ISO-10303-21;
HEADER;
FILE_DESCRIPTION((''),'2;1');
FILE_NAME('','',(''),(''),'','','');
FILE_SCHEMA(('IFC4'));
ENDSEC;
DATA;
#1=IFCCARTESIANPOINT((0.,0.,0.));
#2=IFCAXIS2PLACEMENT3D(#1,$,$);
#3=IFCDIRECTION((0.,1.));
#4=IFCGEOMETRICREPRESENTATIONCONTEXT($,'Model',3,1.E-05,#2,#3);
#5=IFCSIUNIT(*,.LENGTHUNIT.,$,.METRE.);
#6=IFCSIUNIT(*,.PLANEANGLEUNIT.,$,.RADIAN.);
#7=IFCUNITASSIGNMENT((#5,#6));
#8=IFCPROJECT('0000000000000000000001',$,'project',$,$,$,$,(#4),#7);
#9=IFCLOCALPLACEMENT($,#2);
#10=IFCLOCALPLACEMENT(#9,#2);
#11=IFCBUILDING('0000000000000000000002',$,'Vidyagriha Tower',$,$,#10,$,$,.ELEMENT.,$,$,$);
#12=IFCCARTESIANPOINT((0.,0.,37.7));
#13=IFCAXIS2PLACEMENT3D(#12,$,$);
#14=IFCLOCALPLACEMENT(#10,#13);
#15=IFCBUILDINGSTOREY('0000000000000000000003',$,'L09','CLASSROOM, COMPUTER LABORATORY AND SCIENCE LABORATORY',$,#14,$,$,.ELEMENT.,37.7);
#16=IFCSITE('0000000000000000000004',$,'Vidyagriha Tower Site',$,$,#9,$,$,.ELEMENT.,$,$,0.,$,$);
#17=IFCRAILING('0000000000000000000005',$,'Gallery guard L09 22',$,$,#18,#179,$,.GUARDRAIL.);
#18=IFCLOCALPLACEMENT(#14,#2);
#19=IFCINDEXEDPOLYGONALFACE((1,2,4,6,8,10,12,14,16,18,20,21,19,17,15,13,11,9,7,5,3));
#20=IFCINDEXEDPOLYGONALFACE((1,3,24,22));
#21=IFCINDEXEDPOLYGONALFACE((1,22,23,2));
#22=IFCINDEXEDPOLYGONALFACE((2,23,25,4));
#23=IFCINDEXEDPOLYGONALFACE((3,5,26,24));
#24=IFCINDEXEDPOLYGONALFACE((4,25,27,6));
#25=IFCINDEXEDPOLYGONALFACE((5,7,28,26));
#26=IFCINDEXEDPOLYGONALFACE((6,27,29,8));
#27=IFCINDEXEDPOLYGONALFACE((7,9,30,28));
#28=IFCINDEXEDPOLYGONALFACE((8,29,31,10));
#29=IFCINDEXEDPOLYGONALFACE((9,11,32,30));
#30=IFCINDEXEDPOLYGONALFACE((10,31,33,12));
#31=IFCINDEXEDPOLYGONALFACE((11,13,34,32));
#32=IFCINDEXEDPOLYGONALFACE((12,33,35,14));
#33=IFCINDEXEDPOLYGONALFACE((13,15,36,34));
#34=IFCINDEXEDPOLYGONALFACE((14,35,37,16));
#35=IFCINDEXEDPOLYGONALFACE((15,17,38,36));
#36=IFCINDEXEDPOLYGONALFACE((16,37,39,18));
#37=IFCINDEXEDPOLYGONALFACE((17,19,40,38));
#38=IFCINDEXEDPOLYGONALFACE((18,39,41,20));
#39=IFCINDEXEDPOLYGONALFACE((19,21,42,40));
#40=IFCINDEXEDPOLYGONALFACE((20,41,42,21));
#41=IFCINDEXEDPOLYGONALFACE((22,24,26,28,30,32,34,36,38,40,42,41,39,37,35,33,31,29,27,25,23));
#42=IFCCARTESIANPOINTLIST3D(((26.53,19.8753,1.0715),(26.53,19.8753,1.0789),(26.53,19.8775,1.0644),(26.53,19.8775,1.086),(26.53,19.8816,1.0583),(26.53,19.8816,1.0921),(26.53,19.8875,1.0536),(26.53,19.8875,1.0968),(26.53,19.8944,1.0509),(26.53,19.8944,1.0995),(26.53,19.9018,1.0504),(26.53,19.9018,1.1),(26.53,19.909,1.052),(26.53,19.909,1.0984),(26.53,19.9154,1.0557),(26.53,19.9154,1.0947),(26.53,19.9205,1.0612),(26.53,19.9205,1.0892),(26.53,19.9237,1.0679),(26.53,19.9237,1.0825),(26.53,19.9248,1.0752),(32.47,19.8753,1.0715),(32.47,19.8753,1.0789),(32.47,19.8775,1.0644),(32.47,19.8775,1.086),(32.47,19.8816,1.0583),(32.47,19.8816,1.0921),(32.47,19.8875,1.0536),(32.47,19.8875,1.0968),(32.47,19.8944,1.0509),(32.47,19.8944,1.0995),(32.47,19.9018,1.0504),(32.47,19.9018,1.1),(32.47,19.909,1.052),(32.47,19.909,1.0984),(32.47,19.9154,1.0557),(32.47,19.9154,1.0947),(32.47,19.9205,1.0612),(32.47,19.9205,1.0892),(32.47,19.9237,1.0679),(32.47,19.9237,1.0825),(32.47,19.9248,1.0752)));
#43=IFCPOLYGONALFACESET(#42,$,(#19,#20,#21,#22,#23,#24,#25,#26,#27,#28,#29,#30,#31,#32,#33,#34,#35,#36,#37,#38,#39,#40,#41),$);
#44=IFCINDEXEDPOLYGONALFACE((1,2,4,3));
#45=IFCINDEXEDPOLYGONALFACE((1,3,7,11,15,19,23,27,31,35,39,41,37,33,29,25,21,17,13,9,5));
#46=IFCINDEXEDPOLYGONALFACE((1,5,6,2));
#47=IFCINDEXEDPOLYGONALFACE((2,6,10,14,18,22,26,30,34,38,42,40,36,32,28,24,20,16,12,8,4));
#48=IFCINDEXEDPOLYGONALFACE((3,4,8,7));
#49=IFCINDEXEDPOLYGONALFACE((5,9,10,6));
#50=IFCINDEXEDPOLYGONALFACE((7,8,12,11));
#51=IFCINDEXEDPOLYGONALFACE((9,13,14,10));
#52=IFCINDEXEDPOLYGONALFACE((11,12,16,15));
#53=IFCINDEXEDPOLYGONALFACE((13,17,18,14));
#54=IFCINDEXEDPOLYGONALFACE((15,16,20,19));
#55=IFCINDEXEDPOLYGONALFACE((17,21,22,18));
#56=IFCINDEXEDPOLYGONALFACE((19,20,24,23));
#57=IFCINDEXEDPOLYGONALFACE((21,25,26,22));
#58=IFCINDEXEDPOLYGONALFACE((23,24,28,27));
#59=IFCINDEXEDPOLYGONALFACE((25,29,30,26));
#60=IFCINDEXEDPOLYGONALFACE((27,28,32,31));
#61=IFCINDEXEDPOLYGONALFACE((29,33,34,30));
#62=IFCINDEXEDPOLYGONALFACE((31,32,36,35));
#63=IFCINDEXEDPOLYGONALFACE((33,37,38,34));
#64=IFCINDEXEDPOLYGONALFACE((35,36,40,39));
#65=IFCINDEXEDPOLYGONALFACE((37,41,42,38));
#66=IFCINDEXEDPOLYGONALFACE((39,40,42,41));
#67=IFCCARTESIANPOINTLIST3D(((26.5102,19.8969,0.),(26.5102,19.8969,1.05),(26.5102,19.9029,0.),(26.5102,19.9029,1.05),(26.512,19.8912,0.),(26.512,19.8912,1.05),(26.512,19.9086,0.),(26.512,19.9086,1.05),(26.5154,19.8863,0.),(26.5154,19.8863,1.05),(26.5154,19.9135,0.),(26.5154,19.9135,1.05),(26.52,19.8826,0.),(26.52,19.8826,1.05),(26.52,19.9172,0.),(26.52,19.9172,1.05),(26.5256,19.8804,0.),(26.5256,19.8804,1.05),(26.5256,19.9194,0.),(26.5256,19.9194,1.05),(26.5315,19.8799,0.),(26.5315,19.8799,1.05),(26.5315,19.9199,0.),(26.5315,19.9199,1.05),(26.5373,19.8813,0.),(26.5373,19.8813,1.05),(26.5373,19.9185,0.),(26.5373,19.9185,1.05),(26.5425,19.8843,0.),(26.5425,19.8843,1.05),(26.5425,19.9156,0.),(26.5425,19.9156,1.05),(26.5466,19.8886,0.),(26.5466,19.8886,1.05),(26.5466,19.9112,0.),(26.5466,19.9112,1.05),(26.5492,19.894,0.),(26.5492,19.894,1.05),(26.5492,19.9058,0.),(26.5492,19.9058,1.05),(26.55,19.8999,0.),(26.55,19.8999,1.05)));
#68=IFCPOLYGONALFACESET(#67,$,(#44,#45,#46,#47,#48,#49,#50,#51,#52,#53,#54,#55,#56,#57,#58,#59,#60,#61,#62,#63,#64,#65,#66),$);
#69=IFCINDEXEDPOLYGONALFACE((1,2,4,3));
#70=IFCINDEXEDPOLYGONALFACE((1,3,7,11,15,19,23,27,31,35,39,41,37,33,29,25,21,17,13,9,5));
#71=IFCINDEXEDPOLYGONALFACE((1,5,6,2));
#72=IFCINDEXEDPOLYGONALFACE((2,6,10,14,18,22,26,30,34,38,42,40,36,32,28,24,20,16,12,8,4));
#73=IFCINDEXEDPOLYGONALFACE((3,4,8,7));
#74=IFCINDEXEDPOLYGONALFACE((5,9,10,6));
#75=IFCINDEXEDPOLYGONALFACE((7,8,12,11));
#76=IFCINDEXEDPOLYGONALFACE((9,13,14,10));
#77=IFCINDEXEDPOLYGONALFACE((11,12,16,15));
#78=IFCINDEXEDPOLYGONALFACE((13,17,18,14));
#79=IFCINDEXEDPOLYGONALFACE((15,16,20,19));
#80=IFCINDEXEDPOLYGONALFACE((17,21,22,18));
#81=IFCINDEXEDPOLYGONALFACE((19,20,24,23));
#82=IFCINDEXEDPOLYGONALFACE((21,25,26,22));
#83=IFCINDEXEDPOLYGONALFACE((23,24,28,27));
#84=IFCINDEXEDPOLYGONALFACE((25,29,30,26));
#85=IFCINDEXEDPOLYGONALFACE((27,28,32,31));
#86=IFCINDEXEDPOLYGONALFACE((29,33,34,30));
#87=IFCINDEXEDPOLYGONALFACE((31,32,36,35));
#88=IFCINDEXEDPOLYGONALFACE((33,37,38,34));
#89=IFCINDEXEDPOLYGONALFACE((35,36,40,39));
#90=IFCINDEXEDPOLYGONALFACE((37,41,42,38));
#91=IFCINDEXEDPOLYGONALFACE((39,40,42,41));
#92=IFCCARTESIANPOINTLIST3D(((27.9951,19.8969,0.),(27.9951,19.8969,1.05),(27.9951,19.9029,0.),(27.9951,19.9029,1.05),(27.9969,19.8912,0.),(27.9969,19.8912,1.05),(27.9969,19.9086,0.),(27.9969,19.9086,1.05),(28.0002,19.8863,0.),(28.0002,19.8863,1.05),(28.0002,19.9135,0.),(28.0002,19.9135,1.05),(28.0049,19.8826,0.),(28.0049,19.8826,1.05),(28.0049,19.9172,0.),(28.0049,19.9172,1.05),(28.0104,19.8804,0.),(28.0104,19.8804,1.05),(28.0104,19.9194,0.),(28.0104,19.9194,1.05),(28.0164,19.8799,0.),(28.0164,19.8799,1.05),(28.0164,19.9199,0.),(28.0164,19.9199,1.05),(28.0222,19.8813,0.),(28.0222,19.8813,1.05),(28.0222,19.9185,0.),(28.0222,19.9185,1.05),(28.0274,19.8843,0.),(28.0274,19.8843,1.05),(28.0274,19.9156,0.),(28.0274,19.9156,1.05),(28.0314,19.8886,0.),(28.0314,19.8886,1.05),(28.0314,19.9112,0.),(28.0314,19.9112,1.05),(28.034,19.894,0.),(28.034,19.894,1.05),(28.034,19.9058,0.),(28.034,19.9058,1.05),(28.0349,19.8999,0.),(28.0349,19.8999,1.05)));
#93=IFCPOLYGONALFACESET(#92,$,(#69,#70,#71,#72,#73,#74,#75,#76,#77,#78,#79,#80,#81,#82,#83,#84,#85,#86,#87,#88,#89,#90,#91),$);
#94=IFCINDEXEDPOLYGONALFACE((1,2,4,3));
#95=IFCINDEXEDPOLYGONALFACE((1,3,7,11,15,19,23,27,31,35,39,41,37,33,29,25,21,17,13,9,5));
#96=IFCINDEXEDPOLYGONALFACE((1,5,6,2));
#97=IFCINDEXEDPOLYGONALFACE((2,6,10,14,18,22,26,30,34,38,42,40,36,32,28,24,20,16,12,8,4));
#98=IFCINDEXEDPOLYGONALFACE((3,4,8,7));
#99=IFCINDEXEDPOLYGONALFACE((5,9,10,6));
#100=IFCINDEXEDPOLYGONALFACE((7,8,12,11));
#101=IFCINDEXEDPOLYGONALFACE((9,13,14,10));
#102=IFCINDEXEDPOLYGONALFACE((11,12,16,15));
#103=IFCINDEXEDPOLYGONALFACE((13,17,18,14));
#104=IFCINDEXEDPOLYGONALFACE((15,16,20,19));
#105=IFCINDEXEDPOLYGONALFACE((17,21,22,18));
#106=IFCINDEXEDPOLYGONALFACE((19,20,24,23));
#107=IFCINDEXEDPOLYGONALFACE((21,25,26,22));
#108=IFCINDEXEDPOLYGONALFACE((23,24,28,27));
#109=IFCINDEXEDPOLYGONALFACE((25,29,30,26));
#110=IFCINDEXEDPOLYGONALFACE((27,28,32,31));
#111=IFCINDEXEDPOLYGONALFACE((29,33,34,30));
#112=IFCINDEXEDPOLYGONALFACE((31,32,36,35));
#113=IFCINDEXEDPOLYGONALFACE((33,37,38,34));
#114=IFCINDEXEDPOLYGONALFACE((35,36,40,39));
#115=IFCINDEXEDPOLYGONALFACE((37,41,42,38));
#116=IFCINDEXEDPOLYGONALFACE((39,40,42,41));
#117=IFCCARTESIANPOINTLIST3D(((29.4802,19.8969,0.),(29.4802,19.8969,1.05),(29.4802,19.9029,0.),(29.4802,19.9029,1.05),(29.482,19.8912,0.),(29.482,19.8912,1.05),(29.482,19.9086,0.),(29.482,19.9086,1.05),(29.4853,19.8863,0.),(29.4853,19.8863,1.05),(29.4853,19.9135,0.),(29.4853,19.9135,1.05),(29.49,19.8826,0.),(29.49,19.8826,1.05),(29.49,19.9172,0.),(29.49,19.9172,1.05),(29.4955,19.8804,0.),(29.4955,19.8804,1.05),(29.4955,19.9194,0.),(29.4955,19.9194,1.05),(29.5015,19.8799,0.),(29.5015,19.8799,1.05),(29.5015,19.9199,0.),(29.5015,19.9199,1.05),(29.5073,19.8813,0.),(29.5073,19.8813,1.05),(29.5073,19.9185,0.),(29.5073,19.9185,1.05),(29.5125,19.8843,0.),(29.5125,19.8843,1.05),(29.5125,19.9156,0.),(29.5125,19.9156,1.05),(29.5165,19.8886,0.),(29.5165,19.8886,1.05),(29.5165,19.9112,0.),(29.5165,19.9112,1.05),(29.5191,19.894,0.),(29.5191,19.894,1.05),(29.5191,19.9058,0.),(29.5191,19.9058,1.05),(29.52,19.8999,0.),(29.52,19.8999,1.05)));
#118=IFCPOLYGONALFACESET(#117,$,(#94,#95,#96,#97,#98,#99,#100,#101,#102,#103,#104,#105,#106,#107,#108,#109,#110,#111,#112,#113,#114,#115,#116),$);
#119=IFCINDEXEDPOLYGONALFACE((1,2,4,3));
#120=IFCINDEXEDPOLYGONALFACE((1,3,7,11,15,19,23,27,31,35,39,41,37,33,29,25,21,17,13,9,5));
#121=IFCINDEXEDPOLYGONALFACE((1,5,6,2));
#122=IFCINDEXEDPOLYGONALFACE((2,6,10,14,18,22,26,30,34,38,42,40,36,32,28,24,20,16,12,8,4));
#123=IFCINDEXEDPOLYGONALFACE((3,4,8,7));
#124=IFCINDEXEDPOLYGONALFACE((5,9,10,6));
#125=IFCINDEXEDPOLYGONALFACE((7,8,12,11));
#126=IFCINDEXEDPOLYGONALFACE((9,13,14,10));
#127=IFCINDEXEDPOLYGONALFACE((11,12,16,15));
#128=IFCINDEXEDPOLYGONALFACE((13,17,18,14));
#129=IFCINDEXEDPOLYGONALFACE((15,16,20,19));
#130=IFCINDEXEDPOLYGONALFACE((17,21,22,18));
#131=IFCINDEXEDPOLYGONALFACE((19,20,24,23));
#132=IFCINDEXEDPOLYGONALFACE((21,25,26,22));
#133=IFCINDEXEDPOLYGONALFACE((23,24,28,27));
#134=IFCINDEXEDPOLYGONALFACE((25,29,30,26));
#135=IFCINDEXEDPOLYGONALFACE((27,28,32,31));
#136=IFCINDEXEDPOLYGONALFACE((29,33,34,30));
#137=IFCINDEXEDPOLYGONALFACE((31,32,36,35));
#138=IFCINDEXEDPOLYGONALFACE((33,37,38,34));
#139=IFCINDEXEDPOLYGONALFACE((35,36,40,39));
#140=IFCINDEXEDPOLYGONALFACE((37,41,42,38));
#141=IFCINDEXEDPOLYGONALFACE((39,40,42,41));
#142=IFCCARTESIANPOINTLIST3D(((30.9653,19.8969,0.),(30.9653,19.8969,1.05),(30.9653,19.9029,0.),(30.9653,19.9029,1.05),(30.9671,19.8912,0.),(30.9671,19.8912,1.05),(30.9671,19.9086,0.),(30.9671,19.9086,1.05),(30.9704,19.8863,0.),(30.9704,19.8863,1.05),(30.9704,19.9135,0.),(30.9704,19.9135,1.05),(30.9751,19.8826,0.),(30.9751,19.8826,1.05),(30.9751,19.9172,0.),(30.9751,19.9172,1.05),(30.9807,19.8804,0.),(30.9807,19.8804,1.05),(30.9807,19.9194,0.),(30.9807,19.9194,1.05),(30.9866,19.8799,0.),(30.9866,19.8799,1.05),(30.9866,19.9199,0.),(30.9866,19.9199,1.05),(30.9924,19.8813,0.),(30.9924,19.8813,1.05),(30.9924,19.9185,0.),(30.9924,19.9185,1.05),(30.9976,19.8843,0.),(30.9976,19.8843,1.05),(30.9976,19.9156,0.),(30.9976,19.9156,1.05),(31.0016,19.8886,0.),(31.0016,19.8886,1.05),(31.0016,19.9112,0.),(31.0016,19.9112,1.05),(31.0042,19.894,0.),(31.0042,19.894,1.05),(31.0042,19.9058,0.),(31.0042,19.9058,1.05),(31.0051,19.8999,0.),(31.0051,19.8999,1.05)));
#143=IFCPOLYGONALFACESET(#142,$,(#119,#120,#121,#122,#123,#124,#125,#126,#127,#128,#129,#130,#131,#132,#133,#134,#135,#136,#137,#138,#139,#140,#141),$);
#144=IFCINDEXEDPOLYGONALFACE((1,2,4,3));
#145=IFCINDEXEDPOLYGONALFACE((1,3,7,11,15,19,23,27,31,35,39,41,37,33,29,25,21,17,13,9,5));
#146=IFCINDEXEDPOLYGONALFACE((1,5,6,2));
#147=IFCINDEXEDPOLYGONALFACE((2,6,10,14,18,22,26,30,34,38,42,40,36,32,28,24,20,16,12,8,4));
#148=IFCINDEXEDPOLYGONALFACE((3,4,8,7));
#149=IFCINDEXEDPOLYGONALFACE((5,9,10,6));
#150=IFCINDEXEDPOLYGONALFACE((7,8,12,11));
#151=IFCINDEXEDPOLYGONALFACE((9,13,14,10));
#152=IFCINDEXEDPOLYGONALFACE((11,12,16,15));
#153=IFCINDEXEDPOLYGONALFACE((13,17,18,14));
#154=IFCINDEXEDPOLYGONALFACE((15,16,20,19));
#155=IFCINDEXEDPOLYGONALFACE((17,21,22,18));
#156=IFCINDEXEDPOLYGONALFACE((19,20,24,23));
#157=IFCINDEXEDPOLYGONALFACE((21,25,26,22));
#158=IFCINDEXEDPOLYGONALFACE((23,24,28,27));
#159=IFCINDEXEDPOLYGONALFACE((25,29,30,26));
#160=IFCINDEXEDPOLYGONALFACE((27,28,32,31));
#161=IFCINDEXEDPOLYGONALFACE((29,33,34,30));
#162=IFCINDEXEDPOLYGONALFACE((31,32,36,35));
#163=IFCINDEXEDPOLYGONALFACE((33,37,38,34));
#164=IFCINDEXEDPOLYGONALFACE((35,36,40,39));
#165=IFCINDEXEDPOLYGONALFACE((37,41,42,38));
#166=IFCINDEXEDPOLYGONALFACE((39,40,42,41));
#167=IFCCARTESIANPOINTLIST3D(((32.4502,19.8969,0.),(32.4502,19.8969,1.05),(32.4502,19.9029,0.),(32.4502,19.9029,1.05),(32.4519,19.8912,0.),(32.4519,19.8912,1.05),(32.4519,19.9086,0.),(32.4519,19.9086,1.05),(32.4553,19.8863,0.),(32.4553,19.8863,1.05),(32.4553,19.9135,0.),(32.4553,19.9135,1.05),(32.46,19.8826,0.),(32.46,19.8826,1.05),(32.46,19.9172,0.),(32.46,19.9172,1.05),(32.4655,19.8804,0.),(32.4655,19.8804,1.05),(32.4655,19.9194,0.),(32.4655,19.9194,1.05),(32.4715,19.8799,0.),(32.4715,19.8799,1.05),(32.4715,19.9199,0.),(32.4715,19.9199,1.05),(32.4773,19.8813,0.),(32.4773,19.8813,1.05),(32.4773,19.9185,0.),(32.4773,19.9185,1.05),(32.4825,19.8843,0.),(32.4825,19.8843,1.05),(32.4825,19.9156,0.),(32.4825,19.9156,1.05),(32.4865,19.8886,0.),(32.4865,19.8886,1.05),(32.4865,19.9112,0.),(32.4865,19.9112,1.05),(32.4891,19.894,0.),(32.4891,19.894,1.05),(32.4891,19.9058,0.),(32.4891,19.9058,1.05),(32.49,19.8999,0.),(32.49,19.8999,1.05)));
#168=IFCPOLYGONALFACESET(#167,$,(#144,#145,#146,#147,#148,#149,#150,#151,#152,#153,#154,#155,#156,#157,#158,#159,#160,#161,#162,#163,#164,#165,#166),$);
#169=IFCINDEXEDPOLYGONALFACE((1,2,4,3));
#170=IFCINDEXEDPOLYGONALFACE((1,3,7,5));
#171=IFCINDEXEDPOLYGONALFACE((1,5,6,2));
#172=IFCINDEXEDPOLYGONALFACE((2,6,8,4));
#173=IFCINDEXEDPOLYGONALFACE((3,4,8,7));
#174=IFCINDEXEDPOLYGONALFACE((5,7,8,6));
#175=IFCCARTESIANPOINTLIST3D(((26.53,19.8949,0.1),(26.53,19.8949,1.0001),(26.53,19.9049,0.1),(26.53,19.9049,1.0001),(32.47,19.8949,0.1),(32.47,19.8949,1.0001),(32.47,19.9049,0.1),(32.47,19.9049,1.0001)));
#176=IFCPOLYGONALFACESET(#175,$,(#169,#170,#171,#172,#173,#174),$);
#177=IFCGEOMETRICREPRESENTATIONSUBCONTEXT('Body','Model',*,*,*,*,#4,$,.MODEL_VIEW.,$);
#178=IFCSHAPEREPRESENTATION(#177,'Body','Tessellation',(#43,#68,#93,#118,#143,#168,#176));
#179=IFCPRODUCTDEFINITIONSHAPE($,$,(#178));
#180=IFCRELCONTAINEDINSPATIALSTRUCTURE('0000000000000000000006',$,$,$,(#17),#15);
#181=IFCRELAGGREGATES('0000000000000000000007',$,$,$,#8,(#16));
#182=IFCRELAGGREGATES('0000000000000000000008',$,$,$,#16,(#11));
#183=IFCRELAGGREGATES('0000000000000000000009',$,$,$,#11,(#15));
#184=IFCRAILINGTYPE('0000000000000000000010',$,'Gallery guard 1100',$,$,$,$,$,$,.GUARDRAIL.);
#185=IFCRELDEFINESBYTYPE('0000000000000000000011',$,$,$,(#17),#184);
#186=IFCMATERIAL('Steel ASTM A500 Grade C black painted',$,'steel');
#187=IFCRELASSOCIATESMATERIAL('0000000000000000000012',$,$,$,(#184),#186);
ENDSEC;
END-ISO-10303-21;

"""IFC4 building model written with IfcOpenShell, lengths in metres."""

from ifc_helpers import new_model, si_unit, direction, frame, origin, origin_2d, place, context, subcontext, project, spatial, rectangle, circle, extrude, material, type_object, element, save


model = new_model("IFC4")

# Units and contexts
model_context = context("Model", 3, precision=1e-05, world=origin(), true_north=direction((0.0, 1.0)))
body_context = subcontext(model_context, "Body", "Model", "MODEL_VIEW")
ifc_project = project(units=[si_unit("LENGTHUNIT", "METRE"), si_unit("PLANEANGLEUNIT", "RADIAN")], contexts=[model_context])

# Site, building, storey
site_placement = place(None, origin())
site = spatial("IfcSite", under=ifc_project, at=site_placement, Name="Vidyagriha Tower Site", CompositionType="ELEMENT", RefElevation=0.0)
building_placement = place(site_placement, origin())
building = spatial("IfcBuilding", under=site, at=building_placement, Name="Vidyagriha Tower", CompositionType="ELEMENT")
storey_placement = place(building_placement, frame((0.0, 0.0, 37.7)))
storey = spatial("IfcBuildingStorey", under=building, at=storey_placement, Name="L09", Description="CLASSROOM, COMPUTER LABORATORY AND SCIENCE LABORATORY", CompositionType="ELEMENT", Elevation=37.7)

# Railing
ifc_material_1 = material(Name="Steel ASTM A500 Grade C black painted", Category="steel")
railing_type = type_object("IfcRailingType", Name="Gallery guard 1100", PredefinedType="GUARDRAIL", material=ifc_material_1)
railing_1_placement = place(storey_placement, frame((26.53, 19.8999, 0.0)))
element("IfcRailing", 1, at=railing_1_placement, inside=storey, type_object=railing_type, Name="Gallery guard L09 22", PredefinedType="GUARDRAIL", context=body_context, shape_type="SweptSolid", body=[
    extrude(circle(Radius=0.0249, at=origin_2d()), frame((0.0, 0.0, 1.0752), z_axis=(1.0, 0.0, 0.0), x_axis=(0.0, 1.0, 0.0)), (0.0, 0.0, 1.0), 5.9399),
    extrude(circle(Radius=0.02, at=origin_2d()), origin(), (0.0, 0.0, 1.0), 1.05),
    extrude(circle(Radius=0.02, at=origin_2d()), frame((1.4849, 0.0, 0.0)), (0.0, 0.0, 1.0), 1.05),
    extrude(circle(Radius=0.02, at=origin_2d()), frame((2.97, 0.0, 0.0)), (0.0, 0.0, 1.0), 1.05),
    extrude(circle(Radius=0.02, at=origin_2d()), frame((4.4551, 0.0, 0.0)), (0.0, 0.0, 1.0), 1.05),
    extrude(circle(Radius=0.02, at=origin_2d()), frame((5.9399, 0.0, 0.0)), (0.0, 0.0, 1.0), 1.05),
    extrude(rectangle(XDim=0.01, YDim=0.9001, at=origin_2d()), frame((0.0, 0.0, 0.55), z_axis=(1.0, 0.0, 0.0), x_axis=(0.0, 1.0, 0.0)), (0.0, 0.0, 1.0), 5.9399),
])

save(model, "model.ifc")
